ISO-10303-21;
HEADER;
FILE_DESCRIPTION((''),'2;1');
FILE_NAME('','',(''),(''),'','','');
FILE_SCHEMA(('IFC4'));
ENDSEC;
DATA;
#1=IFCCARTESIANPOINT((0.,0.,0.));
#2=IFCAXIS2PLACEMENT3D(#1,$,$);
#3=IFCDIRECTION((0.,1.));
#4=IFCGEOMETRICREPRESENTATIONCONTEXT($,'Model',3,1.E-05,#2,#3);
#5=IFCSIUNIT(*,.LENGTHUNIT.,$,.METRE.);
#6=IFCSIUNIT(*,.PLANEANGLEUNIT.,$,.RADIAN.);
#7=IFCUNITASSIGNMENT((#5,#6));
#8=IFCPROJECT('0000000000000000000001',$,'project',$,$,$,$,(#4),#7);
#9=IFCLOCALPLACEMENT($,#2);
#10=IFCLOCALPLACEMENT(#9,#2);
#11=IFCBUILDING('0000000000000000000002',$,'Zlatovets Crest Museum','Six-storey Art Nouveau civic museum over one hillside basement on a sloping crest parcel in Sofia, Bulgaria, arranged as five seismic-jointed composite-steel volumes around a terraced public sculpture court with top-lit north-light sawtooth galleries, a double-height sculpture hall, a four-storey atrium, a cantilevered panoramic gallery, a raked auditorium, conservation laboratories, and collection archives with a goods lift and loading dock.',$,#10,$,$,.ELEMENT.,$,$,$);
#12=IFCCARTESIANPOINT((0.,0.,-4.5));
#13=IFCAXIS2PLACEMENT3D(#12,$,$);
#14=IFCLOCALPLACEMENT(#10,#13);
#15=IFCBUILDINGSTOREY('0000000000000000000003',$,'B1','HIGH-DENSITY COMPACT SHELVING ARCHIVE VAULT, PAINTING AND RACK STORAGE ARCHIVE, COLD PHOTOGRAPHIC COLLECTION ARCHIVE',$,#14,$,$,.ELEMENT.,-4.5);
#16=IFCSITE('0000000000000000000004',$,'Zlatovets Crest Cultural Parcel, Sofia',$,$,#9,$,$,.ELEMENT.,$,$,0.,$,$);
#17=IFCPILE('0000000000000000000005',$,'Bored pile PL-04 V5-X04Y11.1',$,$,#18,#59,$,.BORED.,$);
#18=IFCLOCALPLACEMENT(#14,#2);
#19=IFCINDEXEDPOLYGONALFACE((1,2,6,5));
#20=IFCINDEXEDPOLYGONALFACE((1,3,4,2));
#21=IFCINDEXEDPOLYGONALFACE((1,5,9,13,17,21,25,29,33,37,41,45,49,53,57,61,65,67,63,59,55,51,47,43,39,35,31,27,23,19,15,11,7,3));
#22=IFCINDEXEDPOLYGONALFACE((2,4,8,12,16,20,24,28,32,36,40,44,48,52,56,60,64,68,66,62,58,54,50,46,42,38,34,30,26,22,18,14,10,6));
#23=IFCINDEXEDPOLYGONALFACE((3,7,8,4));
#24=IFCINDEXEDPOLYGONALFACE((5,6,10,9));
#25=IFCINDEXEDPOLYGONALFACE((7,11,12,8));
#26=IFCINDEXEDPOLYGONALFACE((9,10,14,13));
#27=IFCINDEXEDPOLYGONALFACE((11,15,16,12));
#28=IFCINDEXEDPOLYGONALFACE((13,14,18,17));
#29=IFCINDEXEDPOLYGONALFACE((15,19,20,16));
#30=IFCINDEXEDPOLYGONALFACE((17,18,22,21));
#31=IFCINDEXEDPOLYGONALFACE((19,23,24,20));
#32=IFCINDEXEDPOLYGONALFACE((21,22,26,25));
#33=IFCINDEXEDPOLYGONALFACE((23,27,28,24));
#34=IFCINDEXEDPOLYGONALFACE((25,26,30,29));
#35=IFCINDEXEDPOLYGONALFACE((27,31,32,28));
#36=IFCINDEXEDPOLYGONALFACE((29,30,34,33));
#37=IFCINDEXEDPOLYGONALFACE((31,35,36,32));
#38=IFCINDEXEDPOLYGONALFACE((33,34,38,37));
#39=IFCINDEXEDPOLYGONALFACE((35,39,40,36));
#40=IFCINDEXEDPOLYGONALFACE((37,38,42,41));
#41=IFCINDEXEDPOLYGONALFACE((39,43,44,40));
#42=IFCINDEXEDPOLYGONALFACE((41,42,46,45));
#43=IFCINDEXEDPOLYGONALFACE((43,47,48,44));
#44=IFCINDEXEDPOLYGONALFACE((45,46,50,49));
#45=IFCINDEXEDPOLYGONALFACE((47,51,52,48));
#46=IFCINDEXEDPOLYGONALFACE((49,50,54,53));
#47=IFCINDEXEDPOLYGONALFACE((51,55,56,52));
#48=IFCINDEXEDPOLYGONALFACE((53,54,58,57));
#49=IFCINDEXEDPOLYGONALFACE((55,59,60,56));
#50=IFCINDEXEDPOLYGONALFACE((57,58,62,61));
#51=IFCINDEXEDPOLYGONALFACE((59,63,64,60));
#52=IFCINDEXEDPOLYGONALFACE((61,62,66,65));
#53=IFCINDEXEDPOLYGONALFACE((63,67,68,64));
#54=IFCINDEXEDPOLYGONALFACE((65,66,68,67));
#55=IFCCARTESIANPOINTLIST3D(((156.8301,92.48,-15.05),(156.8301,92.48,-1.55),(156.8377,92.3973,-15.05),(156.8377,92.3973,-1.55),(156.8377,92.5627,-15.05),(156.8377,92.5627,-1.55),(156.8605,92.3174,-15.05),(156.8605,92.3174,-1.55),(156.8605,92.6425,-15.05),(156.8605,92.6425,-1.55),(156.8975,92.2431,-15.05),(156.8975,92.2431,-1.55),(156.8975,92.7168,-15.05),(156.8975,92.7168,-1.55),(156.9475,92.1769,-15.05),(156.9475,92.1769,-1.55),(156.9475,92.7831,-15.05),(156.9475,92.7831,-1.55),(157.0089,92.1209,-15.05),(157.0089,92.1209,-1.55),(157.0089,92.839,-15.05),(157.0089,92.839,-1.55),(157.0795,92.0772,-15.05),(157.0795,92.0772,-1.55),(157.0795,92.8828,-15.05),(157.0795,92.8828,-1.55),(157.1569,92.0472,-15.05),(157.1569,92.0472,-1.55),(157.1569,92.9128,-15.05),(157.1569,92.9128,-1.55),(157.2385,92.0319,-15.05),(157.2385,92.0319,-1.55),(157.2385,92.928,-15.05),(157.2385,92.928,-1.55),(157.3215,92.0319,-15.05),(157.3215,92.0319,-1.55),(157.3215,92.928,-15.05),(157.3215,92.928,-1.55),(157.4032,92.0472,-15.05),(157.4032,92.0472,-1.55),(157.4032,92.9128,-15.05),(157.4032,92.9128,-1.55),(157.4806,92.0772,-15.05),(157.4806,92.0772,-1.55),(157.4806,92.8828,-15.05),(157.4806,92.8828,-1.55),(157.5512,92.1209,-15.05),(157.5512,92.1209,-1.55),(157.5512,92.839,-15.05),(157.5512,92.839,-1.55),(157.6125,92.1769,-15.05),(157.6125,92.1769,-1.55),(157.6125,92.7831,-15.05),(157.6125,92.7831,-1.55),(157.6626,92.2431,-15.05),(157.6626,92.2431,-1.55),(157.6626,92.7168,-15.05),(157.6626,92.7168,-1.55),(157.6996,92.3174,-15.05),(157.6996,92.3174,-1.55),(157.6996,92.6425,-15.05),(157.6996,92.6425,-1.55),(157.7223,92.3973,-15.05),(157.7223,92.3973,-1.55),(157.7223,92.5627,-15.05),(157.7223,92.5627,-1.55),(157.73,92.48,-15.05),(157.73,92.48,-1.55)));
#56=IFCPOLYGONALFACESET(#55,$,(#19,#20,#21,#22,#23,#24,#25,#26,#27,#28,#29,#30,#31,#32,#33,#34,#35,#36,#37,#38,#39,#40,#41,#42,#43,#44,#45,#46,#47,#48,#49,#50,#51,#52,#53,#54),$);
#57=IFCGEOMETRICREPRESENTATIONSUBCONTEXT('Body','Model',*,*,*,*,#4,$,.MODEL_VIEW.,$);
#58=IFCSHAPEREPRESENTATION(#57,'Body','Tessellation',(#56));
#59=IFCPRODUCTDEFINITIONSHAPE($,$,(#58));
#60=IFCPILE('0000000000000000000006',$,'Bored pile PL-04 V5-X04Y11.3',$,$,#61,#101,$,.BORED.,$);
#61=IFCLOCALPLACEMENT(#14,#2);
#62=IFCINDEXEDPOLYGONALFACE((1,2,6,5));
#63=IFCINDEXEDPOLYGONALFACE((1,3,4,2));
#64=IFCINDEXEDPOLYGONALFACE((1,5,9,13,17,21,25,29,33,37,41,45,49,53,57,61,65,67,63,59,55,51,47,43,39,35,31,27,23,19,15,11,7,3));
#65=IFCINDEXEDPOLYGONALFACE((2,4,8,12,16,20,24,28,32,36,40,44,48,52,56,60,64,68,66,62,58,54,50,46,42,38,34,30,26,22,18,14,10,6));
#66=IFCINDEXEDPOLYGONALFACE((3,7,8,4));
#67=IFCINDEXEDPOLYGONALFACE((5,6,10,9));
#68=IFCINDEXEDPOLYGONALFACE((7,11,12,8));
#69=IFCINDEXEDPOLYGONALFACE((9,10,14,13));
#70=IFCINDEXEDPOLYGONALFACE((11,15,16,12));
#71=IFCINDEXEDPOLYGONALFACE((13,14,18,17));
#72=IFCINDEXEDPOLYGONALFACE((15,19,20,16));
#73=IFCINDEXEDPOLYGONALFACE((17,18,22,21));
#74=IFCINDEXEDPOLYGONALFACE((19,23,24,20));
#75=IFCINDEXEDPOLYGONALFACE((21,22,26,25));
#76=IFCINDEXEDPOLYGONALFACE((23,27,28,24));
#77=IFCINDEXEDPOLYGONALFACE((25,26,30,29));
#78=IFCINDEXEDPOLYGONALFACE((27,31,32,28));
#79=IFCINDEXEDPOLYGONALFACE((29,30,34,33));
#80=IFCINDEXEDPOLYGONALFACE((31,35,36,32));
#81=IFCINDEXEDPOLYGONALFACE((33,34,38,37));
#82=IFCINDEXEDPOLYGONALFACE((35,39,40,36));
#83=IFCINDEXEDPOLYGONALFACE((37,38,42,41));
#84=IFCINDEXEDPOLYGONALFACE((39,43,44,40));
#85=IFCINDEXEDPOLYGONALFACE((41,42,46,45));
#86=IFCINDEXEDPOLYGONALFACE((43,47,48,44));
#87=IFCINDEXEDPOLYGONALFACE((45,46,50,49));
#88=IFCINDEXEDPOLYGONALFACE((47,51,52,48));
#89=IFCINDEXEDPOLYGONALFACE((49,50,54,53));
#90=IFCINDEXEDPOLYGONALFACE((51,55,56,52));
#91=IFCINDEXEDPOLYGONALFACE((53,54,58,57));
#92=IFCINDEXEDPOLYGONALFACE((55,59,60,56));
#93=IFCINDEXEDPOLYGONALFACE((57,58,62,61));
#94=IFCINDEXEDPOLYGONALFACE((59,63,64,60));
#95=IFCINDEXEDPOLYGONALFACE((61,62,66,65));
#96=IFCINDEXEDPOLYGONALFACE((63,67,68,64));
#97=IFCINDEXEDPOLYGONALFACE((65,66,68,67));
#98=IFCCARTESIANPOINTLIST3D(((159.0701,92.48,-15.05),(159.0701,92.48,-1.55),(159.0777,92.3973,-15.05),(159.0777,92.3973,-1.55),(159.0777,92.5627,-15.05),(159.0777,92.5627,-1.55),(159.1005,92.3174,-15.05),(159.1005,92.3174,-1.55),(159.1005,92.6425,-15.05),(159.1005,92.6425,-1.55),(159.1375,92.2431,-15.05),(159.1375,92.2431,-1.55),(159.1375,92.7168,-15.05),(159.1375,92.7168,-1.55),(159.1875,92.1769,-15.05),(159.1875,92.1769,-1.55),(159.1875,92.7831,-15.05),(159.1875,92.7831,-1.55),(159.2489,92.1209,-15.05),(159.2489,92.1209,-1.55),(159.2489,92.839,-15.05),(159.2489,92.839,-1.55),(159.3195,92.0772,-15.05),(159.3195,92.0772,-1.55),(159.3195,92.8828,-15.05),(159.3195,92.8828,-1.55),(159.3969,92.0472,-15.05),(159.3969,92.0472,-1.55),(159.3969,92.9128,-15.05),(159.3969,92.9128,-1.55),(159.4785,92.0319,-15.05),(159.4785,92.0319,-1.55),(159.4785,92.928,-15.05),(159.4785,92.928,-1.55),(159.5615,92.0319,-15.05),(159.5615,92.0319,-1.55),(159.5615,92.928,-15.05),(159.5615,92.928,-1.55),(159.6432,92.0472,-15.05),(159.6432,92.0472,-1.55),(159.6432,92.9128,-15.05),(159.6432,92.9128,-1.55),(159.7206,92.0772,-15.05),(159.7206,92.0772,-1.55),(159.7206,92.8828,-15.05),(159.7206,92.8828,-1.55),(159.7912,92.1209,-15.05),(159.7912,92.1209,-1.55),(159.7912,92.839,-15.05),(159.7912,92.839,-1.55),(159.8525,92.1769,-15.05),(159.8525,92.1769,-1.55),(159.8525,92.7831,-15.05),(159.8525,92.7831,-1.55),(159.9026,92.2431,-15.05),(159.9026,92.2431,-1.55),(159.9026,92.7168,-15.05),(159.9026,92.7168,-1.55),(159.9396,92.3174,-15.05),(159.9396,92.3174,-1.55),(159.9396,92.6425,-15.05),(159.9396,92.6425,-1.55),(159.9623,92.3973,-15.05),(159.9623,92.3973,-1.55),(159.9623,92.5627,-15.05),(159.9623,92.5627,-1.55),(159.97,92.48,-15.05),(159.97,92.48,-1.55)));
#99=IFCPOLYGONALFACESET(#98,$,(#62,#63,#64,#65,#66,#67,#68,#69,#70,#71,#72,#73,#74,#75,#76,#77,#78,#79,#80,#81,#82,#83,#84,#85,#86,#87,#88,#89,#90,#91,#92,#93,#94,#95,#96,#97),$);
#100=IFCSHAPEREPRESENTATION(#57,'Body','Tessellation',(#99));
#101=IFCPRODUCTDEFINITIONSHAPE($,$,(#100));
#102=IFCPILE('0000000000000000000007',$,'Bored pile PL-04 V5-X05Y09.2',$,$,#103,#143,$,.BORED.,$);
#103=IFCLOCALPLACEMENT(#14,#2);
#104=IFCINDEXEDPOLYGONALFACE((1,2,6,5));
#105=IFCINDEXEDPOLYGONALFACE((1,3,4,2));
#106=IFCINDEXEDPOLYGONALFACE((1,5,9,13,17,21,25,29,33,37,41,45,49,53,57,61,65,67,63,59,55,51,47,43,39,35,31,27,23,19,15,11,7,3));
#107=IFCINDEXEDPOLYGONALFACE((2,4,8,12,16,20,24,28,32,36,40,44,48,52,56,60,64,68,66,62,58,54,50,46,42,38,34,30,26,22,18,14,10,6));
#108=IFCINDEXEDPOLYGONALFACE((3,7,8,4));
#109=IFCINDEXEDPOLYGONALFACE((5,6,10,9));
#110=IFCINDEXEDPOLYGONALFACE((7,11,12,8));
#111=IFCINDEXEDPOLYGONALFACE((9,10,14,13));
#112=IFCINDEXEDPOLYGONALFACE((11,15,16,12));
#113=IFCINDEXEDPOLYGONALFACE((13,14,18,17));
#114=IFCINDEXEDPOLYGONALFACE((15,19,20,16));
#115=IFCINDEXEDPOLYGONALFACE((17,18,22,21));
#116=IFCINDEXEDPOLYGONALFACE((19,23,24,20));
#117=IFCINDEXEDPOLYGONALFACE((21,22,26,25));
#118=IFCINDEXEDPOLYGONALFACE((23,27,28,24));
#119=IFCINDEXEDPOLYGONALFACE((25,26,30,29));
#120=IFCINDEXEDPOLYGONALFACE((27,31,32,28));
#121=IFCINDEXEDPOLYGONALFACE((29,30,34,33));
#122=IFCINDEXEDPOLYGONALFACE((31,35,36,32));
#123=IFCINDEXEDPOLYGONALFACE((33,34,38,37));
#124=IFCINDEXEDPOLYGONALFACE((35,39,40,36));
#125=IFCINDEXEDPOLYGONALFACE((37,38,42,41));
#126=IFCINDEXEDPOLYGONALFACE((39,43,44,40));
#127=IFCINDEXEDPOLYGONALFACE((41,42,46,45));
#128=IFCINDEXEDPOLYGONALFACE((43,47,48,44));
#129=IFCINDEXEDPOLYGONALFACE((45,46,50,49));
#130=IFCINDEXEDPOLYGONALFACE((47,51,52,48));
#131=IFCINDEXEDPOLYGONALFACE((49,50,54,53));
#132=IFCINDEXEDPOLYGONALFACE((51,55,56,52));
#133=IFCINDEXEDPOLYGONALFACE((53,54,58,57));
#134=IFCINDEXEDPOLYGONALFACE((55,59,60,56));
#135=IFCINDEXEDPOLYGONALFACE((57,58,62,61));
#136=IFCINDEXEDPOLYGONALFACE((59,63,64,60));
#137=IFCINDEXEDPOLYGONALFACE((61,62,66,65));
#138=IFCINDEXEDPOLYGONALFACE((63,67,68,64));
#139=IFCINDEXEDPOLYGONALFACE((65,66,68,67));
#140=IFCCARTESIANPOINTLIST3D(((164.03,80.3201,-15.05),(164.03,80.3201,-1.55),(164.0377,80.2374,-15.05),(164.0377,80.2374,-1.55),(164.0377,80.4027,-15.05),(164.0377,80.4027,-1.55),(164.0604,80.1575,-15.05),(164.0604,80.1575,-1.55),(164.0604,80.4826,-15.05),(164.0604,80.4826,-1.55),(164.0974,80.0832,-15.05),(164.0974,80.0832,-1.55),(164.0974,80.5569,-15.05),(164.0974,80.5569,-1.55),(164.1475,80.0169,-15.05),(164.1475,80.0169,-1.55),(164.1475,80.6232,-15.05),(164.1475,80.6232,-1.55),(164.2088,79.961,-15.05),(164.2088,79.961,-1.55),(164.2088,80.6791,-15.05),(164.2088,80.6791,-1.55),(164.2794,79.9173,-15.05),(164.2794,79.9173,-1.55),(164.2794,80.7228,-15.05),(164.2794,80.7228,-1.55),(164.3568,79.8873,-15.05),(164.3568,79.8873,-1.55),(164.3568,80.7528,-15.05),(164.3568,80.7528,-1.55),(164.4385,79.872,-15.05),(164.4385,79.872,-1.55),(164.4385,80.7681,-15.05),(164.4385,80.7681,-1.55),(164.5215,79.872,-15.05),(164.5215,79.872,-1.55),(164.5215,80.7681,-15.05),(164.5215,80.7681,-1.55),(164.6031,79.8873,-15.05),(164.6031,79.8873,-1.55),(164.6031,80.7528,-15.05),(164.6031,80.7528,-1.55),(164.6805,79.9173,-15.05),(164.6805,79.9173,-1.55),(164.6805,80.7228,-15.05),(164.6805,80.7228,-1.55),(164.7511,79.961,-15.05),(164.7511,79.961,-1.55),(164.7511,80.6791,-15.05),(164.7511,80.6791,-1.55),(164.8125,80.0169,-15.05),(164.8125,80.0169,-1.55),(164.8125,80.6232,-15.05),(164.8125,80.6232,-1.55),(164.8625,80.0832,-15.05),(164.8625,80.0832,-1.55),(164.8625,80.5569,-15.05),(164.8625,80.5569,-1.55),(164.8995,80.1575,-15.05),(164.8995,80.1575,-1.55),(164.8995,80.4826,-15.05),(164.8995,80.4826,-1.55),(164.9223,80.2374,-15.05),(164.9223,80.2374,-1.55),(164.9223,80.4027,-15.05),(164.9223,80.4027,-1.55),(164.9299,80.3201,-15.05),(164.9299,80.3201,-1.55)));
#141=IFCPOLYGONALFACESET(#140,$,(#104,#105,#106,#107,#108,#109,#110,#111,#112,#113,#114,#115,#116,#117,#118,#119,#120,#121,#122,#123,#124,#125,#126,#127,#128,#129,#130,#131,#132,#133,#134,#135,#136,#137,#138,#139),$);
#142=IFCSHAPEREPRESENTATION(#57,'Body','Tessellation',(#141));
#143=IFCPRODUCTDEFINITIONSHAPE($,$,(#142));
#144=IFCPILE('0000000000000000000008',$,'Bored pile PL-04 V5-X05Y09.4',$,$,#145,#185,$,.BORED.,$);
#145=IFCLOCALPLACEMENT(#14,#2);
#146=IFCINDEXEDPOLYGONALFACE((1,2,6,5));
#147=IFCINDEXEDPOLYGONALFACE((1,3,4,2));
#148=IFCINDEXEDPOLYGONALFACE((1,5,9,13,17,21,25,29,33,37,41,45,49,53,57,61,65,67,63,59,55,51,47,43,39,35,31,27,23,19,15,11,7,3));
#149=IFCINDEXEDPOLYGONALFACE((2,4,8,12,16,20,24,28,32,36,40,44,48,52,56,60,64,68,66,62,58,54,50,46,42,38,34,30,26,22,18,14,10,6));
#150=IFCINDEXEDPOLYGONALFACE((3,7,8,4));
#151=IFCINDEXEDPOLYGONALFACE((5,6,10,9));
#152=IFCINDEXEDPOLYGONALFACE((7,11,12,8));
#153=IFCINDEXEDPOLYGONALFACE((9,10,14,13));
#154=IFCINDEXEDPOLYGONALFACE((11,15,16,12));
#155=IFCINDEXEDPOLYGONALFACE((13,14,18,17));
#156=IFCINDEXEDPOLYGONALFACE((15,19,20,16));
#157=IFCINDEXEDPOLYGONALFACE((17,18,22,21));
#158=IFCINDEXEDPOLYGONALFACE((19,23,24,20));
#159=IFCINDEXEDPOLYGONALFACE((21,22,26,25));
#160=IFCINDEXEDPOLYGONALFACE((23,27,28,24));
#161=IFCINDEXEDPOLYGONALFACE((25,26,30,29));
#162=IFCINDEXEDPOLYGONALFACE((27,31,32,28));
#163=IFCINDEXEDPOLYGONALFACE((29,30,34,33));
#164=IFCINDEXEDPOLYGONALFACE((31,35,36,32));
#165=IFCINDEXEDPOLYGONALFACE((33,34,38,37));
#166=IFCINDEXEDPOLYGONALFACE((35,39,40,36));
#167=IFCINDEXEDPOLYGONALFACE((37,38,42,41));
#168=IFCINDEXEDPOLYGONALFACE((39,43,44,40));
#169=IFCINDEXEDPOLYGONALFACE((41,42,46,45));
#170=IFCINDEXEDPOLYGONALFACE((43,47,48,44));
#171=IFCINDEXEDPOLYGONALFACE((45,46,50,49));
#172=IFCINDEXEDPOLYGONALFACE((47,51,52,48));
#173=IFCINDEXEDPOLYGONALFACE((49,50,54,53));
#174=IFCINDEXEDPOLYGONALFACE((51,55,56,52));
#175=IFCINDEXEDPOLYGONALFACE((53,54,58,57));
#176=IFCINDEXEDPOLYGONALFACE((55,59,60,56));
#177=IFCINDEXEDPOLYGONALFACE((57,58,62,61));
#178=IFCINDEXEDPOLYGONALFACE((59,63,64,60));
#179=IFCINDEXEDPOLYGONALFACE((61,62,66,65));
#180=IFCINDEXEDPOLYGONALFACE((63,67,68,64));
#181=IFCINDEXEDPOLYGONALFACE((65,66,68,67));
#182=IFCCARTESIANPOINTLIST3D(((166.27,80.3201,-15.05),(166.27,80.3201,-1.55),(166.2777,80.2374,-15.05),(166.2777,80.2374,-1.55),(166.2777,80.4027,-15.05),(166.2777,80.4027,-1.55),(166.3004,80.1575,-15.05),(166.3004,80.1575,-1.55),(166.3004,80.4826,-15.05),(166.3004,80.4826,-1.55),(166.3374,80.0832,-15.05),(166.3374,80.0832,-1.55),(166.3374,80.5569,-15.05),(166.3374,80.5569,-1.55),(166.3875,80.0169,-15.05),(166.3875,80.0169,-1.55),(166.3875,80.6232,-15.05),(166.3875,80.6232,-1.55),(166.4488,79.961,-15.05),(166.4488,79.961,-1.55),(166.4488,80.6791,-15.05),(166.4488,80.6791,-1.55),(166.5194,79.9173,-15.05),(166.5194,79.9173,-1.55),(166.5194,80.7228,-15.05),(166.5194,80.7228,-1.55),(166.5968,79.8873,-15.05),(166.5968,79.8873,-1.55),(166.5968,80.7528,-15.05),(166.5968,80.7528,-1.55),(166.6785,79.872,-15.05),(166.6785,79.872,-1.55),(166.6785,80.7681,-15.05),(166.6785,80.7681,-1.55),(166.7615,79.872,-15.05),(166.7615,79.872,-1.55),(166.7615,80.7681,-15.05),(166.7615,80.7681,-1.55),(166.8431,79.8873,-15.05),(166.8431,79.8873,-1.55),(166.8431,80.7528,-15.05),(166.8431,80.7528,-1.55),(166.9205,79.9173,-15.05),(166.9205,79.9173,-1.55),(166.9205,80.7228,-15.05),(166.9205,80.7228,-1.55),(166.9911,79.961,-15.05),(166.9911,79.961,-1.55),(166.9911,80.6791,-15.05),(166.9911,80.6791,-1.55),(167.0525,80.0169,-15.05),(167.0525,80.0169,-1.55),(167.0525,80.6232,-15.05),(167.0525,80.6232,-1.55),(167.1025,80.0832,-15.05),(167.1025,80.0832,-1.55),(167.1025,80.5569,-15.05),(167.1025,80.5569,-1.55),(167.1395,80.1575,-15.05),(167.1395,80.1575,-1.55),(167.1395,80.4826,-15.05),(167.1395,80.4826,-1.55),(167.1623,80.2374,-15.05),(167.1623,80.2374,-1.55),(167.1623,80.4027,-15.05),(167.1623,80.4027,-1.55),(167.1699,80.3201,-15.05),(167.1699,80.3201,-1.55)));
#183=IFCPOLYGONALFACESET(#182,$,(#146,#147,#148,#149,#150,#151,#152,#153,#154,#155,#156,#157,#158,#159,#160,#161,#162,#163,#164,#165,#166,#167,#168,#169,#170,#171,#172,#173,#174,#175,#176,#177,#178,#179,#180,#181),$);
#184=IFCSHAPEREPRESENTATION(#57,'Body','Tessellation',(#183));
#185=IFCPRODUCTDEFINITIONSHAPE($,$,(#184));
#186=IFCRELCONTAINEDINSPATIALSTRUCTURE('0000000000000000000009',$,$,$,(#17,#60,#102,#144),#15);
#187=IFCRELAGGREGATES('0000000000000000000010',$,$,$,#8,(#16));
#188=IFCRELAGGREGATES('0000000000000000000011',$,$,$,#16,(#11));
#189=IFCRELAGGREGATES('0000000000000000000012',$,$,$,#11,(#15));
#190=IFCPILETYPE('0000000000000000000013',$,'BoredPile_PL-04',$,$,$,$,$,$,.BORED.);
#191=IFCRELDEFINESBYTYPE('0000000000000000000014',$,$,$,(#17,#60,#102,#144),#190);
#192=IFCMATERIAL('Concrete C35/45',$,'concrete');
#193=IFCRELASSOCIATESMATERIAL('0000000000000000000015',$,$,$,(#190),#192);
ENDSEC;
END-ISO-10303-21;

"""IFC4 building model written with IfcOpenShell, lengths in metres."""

from ifc_helpers import new_model, si_unit, direction, frame, origin, origin_2d, place, context, subcontext, project, spatial, circle, extrude, material, material_profile, profile_set, type_object, element, save


model = new_model("IFC4")

# Units and contexts
model_context = context("Model", 3, precision=1e-05, world=origin(), true_north=direction((0.0, 1.0)))
body_context = subcontext(model_context, "Body", "Model", "MODEL_VIEW")
ifc_project = project(units=[si_unit("LENGTHUNIT", "METRE"), si_unit("PLANEANGLEUNIT", "RADIAN")], contexts=[model_context])

# Site, building, storey
site_placement = place(None, origin())
site = spatial("IfcSite", under=ifc_project, at=site_placement, Name="Zlatovets Crest Cultural Parcel, Sofia", CompositionType="ELEMENT", RefElevation=0.0)
building_placement = place(site_placement, origin())
building = spatial("IfcBuilding", under=site, at=building_placement, Name="Zlatovets Crest Museum", Description="Six-storey Art Nouveau civic museum over one hillside basement on a sloping crest parcel in Sofia, Bulgaria, arranged as five seismic-jointed composite-steel volumes around a terraced public sculpture court with top-lit north-light sawtooth galleries, a double-height sculpture hall, a four-storey atrium, a cantilevered panoramic gallery, a raked auditorium, conservation laboratories, and collection archives with a goods lift and loading dock.", CompositionType="ELEMENT")
storey_placement = place(building_placement, frame((0.0, 0.0, -4.5)))
storey = spatial("IfcBuildingStorey", under=building, at=storey_placement, Name="B1", Description="HIGH-DENSITY COMPACT SHELVING ARCHIVE VAULT, PAINTING AND RACK STORAGE ARCHIVE, COLD PHOTOGRAPHIC COLLECTION ARCHIVE", CompositionType="ELEMENT", Elevation=-4.5)

# Piles
ifc_material = material(Name="Concrete C35/45", Category="concrete")
ifc_material_profile_1 = material_profile(ifc_material, circle(Radius=0.45, at=origin_2d()), Name="PILE D900")
ifc_profile_set_1 = profile_set([ifc_material_profile_1], Name="Concrete C35/45")
pile_type = type_object("IfcPileType", Name="BoredPile_PL-04", PredefinedType="BORED", material=ifc_profile_set_1)
for number, where, z_axis, x_axis, name in (
    (1, (157.28, 92.48, -1.55), (0.0, 0.0, -1.0), (1.0, 0.0, 0.0), "Bored pile PL-04 V5-X04Y11.1"),
    (2, (159.52, 92.48, -1.55), (0.0, 0.0, -1.0), (1.0, 0.0, 0.0), "Bored pile PL-04 V5-X04Y11.3"),
    (3, (164.48, 80.3201, -1.55), (0.0, 0.0, -1.0), (1.0, 0.0, 0.0), "Bored pile PL-04 V5-X05Y09.2"),
    (4, (166.72, 80.3201, -1.55), (0.0, 0.0, -1.0), (1.0, 0.0, 0.0), "Bored pile PL-04 V5-X05Y09.4"),
):
    element("IfcPile", number, at=place(storey_placement, frame(where, z_axis=z_axis, x_axis=x_axis)), inside=storey, type_object=pile_type, Name=name, PredefinedType="BORED", context=body_context, shape_type="SweptSolid", body=[
        extrude(circle(Radius=0.45, at=origin_2d()), origin(), (0.0, 0.0, 1.0), 13.5),
    ])

save(model, "model.ifc")
